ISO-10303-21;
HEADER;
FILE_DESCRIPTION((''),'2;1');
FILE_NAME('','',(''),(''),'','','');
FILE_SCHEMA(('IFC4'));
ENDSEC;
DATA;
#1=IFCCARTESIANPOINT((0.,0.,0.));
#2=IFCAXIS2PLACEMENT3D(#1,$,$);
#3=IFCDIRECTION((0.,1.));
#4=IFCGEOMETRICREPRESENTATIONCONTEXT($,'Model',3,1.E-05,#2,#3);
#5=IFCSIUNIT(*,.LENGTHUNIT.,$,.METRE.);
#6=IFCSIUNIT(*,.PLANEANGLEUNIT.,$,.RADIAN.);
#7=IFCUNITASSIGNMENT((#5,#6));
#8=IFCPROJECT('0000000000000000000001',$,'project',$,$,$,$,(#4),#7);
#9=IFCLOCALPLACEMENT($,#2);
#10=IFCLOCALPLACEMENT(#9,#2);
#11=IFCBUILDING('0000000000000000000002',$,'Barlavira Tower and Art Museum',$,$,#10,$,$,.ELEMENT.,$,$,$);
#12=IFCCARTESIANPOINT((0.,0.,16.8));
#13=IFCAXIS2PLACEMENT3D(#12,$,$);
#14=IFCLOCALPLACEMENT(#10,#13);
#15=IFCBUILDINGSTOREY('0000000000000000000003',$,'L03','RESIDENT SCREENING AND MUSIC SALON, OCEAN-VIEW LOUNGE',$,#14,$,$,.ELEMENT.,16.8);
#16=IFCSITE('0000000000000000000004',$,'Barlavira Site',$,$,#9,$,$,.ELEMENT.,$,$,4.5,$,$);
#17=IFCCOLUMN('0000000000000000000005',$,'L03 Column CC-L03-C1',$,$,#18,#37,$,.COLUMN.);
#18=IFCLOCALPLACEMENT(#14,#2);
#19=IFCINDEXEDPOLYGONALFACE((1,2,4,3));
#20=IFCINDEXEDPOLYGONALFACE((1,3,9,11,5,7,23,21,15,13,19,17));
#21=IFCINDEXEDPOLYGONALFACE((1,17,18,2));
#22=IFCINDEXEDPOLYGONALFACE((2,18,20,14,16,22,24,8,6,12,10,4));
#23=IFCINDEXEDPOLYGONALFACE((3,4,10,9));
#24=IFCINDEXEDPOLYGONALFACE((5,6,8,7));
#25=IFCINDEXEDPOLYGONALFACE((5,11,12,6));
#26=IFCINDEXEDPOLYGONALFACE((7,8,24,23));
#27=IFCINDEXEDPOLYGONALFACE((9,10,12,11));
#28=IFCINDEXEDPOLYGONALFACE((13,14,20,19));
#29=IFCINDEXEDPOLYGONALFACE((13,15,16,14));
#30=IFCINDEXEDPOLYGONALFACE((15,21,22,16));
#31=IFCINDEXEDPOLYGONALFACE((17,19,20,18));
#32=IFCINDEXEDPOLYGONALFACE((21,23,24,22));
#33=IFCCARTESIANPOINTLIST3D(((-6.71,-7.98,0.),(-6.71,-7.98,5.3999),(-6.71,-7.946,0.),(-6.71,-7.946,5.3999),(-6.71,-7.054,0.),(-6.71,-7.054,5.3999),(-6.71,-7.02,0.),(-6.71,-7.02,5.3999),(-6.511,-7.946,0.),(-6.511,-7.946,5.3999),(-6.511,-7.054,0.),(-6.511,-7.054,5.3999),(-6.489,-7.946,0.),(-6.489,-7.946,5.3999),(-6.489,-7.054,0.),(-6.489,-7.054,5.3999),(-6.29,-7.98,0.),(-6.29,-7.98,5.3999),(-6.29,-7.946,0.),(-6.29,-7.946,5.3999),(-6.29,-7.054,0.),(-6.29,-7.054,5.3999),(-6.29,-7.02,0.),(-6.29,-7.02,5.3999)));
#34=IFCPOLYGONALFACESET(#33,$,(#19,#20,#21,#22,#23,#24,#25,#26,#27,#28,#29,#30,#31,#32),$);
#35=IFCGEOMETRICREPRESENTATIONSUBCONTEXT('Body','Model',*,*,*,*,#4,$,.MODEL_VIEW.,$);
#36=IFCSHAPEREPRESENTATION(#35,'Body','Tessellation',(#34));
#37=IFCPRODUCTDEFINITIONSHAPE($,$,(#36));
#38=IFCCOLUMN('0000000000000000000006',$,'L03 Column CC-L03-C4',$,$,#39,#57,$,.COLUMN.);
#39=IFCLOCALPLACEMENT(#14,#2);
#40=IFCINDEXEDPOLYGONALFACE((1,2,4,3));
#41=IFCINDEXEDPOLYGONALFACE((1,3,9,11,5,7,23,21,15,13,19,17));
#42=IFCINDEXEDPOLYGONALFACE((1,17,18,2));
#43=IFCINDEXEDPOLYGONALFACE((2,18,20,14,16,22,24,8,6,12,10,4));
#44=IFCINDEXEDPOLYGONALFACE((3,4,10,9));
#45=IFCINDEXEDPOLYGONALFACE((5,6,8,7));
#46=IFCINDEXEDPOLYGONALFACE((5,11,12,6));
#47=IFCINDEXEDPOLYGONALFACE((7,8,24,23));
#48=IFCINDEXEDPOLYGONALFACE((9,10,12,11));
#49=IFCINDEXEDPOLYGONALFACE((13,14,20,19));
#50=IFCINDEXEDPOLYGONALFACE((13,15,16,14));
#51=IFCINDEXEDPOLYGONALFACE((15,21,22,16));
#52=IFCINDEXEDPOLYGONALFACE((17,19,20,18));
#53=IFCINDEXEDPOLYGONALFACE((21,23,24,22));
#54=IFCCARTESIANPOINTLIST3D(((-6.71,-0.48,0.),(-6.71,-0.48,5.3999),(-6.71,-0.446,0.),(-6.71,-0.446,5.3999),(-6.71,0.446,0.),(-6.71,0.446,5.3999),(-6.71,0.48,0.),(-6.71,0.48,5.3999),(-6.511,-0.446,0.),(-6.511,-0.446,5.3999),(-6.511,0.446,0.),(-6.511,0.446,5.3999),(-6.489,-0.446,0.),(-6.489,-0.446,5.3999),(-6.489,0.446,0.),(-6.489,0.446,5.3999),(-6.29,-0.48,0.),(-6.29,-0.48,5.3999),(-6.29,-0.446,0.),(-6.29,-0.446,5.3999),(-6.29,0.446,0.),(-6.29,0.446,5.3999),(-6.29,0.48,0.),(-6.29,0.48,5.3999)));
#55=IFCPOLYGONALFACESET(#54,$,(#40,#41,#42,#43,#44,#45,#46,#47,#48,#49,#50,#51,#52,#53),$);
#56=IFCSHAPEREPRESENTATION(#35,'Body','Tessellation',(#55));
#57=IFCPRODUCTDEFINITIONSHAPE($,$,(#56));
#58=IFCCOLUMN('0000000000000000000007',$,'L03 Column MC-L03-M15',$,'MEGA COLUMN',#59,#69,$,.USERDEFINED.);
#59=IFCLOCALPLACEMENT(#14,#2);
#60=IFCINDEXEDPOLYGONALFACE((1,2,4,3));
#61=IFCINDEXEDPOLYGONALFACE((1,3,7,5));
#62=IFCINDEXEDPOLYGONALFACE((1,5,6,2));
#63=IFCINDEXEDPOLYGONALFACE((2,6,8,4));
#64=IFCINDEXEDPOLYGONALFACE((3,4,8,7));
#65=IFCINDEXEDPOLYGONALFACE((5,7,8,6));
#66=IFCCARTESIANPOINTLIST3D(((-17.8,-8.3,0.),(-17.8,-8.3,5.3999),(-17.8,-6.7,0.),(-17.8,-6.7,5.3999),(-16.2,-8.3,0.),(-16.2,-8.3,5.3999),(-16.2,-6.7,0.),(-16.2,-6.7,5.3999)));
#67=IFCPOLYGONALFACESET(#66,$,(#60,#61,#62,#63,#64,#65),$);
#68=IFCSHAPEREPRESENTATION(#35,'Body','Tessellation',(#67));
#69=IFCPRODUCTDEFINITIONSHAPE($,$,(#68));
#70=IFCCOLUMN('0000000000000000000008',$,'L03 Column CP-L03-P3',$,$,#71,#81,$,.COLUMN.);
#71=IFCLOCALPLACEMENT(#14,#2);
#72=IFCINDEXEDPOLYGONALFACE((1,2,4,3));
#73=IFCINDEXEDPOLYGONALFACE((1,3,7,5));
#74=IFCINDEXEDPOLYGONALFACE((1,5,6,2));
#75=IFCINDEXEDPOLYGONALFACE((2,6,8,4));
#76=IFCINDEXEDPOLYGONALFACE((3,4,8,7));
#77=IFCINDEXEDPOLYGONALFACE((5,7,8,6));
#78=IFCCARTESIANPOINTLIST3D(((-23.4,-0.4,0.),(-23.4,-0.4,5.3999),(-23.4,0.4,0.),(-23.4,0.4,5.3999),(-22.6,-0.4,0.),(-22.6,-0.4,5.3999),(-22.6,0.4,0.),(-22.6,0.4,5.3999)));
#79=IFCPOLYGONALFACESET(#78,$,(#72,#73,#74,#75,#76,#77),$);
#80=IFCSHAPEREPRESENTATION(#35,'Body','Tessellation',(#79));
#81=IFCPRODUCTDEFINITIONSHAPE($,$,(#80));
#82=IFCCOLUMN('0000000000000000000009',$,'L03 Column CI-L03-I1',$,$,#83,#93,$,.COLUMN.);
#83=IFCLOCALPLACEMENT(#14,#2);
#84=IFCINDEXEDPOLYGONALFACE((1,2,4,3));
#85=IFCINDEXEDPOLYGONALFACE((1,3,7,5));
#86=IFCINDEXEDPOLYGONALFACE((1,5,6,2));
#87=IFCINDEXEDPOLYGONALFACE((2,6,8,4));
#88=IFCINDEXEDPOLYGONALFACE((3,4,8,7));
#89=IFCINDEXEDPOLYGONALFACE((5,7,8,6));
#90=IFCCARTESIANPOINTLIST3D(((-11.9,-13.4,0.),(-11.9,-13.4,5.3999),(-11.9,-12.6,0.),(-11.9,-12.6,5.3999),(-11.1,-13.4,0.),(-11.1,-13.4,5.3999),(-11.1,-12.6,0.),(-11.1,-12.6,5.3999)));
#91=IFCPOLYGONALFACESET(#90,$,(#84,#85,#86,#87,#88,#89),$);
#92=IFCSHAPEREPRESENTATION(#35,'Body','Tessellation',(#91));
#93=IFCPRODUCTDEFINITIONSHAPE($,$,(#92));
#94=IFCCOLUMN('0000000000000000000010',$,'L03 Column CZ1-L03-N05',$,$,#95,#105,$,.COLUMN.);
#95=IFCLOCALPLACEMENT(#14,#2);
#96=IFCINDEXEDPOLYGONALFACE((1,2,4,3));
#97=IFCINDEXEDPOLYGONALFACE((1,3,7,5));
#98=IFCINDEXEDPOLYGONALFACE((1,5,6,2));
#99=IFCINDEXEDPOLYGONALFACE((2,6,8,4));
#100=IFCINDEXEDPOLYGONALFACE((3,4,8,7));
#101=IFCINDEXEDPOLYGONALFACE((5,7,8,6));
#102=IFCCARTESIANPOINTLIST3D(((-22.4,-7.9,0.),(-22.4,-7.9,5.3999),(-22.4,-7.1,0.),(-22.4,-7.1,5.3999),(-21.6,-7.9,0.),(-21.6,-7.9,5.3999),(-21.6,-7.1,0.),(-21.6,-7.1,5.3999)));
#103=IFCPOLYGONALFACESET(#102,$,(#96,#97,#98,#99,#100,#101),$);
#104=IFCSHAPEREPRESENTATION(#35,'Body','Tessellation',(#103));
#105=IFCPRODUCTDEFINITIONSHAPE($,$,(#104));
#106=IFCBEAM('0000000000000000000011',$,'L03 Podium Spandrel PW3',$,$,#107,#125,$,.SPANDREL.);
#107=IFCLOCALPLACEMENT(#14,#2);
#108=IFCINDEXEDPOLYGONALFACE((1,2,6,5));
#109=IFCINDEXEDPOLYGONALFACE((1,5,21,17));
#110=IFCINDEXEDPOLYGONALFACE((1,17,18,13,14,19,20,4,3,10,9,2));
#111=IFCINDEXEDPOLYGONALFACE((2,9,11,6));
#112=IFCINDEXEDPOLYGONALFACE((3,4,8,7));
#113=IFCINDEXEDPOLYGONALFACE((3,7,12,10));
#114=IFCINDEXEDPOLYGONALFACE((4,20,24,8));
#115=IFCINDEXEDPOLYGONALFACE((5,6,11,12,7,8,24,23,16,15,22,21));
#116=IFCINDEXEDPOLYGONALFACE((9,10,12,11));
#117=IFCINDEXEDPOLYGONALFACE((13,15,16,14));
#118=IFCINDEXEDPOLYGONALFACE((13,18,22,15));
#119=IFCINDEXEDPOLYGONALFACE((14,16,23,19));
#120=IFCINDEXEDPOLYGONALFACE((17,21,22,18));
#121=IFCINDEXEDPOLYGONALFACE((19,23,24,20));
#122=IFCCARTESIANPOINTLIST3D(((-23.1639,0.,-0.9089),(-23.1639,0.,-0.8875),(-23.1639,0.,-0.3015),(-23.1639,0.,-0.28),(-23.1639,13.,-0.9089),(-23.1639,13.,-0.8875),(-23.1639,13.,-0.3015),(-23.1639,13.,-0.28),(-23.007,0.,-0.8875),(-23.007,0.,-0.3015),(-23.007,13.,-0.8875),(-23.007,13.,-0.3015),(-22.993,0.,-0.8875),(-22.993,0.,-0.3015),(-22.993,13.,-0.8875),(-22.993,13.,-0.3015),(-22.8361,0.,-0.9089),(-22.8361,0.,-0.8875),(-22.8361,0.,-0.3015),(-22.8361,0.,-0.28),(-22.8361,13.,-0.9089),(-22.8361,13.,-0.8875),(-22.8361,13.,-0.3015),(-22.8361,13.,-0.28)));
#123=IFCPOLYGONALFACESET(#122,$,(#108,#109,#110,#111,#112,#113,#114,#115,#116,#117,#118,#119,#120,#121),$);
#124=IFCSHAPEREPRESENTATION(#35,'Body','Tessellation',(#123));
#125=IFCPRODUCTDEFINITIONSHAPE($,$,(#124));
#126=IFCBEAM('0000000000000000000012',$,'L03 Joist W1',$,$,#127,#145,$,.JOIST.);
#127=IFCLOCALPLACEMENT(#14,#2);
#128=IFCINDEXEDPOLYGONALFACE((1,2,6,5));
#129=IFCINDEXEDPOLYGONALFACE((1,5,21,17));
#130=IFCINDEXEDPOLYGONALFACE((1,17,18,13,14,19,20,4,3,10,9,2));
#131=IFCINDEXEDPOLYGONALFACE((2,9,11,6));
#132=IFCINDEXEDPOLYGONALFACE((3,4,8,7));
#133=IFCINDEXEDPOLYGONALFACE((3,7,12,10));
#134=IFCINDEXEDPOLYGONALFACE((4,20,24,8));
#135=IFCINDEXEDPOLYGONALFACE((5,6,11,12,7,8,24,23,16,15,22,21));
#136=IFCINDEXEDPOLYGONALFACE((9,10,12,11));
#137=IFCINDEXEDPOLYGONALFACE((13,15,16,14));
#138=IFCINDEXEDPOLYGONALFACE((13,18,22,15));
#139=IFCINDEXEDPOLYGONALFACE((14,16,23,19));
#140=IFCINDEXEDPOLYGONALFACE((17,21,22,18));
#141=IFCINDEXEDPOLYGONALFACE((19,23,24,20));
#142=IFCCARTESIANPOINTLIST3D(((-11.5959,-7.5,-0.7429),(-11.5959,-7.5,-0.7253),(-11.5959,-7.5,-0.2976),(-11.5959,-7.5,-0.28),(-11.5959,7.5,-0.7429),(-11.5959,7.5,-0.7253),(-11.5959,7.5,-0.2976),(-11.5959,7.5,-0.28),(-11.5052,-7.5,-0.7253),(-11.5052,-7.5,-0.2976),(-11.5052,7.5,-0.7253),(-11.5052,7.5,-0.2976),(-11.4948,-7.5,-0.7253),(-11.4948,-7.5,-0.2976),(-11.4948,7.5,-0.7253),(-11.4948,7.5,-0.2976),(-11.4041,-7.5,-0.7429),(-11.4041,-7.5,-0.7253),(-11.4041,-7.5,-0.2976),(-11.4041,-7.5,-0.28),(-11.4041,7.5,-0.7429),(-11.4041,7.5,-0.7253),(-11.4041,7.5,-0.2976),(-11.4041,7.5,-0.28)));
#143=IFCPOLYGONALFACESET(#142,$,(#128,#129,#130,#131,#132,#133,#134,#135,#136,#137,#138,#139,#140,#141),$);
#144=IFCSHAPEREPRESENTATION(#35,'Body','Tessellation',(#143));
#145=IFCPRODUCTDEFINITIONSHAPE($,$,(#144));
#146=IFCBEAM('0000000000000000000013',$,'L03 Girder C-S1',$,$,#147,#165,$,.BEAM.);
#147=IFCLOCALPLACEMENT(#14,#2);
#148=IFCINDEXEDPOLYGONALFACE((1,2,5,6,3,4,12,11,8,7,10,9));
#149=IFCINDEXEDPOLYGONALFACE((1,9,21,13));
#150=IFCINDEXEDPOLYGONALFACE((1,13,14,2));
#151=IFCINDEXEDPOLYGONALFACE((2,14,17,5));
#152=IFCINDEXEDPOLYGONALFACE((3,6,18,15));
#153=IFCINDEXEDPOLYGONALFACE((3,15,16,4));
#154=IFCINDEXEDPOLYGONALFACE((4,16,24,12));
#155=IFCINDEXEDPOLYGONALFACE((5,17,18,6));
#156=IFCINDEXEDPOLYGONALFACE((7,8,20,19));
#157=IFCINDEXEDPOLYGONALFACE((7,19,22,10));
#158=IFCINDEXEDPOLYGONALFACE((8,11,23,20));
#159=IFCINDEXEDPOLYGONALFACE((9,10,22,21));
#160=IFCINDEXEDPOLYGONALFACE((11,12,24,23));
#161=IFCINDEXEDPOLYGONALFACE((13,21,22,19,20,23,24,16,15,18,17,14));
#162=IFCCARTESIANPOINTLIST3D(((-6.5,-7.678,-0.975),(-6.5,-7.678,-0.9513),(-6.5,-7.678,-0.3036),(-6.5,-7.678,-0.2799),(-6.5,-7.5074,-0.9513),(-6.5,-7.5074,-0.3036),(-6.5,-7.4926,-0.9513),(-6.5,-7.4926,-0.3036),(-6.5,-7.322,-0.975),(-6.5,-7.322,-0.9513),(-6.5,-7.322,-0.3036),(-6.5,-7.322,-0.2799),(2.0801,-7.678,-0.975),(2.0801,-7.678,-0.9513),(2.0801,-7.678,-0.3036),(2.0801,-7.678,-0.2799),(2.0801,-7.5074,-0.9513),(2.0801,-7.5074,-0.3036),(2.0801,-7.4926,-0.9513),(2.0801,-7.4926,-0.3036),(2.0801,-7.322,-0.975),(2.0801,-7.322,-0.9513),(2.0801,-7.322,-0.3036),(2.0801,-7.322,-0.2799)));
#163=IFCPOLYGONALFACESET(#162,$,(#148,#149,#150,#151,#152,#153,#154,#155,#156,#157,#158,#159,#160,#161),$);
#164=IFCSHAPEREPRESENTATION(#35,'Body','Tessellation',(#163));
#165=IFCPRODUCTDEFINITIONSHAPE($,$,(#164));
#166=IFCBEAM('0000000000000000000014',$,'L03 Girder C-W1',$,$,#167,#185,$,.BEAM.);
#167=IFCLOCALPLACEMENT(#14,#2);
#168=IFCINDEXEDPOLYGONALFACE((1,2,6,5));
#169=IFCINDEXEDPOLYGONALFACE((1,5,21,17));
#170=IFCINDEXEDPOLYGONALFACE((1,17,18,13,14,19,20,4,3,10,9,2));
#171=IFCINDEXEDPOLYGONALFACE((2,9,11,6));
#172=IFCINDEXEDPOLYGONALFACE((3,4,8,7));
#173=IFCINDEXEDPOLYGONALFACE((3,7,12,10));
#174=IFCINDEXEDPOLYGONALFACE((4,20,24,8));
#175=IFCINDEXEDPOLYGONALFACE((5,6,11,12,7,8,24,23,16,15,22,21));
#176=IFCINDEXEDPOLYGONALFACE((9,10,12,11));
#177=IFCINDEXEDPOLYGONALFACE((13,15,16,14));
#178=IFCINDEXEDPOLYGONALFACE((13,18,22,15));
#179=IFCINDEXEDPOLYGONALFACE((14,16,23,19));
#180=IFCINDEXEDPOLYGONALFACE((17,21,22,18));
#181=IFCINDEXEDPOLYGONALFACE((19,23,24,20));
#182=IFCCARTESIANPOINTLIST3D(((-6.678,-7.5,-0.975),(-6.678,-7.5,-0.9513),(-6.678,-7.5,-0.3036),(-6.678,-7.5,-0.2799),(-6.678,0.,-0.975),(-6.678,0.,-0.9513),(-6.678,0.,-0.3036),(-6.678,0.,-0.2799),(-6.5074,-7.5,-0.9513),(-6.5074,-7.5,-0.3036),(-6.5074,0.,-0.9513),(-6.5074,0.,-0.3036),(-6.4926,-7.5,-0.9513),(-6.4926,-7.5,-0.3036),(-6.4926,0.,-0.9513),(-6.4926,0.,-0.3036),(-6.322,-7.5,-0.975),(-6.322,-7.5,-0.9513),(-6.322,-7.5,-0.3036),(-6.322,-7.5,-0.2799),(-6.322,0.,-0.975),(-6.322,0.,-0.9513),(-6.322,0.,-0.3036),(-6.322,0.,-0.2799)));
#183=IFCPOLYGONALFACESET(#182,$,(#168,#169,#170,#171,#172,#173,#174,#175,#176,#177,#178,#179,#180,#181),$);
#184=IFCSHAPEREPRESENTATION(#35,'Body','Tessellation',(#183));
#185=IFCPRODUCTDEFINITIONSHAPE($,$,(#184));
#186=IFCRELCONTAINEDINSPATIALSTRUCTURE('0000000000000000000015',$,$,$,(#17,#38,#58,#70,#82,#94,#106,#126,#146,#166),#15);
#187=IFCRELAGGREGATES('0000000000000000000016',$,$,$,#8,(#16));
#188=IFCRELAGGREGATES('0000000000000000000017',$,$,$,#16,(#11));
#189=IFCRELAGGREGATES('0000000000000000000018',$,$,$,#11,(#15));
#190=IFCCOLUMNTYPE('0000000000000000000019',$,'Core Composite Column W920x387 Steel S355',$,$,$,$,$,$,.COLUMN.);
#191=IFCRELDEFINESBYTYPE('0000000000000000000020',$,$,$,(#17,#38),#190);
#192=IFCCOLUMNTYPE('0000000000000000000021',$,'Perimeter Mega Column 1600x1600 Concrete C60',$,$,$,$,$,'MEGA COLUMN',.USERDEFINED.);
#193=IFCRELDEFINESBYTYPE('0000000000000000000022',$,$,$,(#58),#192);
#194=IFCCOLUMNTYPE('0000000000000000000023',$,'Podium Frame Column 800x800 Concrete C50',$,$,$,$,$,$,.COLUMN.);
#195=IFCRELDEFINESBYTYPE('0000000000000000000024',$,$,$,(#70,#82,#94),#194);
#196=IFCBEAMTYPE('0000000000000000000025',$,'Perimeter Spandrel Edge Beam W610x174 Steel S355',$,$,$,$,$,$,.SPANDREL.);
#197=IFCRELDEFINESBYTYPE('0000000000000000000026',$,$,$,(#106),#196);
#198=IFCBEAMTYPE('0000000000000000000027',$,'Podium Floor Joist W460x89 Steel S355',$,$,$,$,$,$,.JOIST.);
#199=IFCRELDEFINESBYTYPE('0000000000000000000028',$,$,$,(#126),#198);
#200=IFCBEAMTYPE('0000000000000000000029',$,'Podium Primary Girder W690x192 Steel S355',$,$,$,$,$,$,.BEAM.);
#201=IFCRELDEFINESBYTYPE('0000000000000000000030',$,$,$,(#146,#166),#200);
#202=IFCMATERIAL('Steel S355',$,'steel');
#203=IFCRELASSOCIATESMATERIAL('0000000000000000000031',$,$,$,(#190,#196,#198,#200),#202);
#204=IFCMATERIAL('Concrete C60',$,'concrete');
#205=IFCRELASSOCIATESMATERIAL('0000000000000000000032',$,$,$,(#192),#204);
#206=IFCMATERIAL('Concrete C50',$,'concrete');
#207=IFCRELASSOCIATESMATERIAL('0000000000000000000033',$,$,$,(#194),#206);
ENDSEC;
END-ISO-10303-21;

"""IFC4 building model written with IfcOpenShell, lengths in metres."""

from ifc_helpers import new_model, si_unit, direction, frame, origin, origin_2d, place, context, subcontext, project, spatial, rectangle, i_section, extrude, material, material_profile, profile_set, type_object, element, save


model = new_model("IFC4")

# Units and contexts
model_context = context("Model", 3, precision=1e-05, world=origin(), true_north=direction((0.0, 1.0)))
body_context = subcontext(model_context, "Body", "Model", "MODEL_VIEW")
ifc_project = project(units=[si_unit("LENGTHUNIT", "METRE"), si_unit("PLANEANGLEUNIT", "RADIAN")], contexts=[model_context])

# Site, building, storey
site_placement = place(None, origin())
site = spatial("IfcSite", under=ifc_project, at=site_placement, Name="Barlavira Site", CompositionType="ELEMENT", RefElevation=4.5)
building_placement = place(site_placement, origin())
building = spatial("IfcBuilding", under=site, at=building_placement, Name="Barlavira Tower and Art Museum", CompositionType="ELEMENT")
storey_placement = place(building_placement, frame((0.0, 0.0, 16.8)))
storey = spatial("IfcBuildingStorey", under=building, at=storey_placement, Name="L03", Description="RESIDENT SCREENING AND MUSIC SALON, OCEAN-VIEW LOUNGE", CompositionType="ELEMENT", Elevation=16.8)

# Columns
ifc_material_1 = material(Name="Steel S355", Category="steel")
ifc_material_profile_1 = material_profile(ifc_material_1, i_section(OverallWidth=0.4199, OverallDepth=0.96, WebThickness=0.022, FlangeThickness=0.0339, at=origin_2d()), Name="W920x387.0")
ifc_profile_set_1 = profile_set([ifc_material_profile_1], Name="Steel S355")
column_type_1 = type_object("IfcColumnType", Name="Core Composite Column W920x387 Steel S355", PredefinedType="COLUMN", material=ifc_profile_set_1)
for number, where, z_axis, x_axis, name in (
    (1, (-6.5, -7.5, 0.0), (0.0, 0.0, 1.0), (1.0, 0.0, 0.0), "L03 Column CC-L03-C1"),
    (2, (-6.5, 0.0, 0.0), (0.0, 0.0, 1.0), (1.0, 0.0, 0.0), "L03 Column CC-L03-C4"),
):
    element("IfcColumn", number, at=place(storey_placement, frame(where, z_axis=z_axis, x_axis=x_axis)), inside=storey, type_object=column_type_1, Name=name, PredefinedType="COLUMN", context=body_context, shape_type="SweptSolid", body=[
        extrude(i_section(OverallWidth=0.4199, OverallDepth=0.96, WebThickness=0.022, FlangeThickness=0.0339, at=origin_2d()), origin(), (0.0, 0.0, 1.0), 5.3999),
    ])
ifc_material_2 = material(Name="Concrete C60", Category="concrete")
ifc_material_profile_2 = material_profile(ifc_material_2, rectangle(XDim=1.6001, YDim=1.6001, at=origin_2d()), Name="RC-MCOL 1600x1600")
ifc_profile_set_2 = profile_set([ifc_material_profile_2], Name="Concrete C60")
column_type_2 = type_object("IfcColumnType", Name="Perimeter Mega Column 1600x1600 Concrete C60", ElementType="MEGA COLUMN", PredefinedType="USERDEFINED", material=ifc_profile_set_2)
column_placement = place(storey_placement, frame((-17.0, -7.5, 0.0), z_axis=(0.0, 0.0, 1.0), x_axis=(1.0, 0.0, 0.0)))
element("IfcColumn", 3, at=column_placement, inside=storey, type_object=column_type_2, Name="L03 Column MC-L03-M15", ObjectType="MEGA COLUMN", PredefinedType="USERDEFINED", context=body_context, shape_type="SweptSolid", body=[
    extrude(rectangle(XDim=1.6001, YDim=1.6001, at=origin_2d()), origin(), (0.0, 0.0, 1.0), 5.3999),
])
ifc_material_3 = material(Name="Concrete C50", Category="concrete")
ifc_material_profile_3 = material_profile(ifc_material_3, rectangle(XDim=0.8, YDim=0.8, at=origin_2d()), Name="RC-COL 800x800")
ifc_profile_set_3 = profile_set([ifc_material_profile_3], Name="Concrete C50")
column_type_3 = type_object("IfcColumnType", Name="Podium Frame Column 800x800 Concrete C50", PredefinedType="COLUMN", material=ifc_profile_set_3)
for number, where, z_axis, x_axis, name in (
    (4, (-23.0, 0.0, 0.0), (0.0, 0.0, 1.0), (1.0, 0.0, 0.0), "L03 Column CP-L03-P3"),
    (5, (-11.5, -13.0, 0.0), (0.0, 0.0, 1.0), (1.0, 0.0, 0.0), "L03 Column CI-L03-I1"),
    (6, (-22.0, -7.5, 0.0), (0.0, 0.0, 1.0), (1.0, 0.0, 0.0), "L03 Column CZ1-L03-N05"),
):
    element("IfcColumn", number, at=place(storey_placement, frame(where, z_axis=z_axis, x_axis=x_axis)), inside=storey, type_object=column_type_3, Name=name, PredefinedType="COLUMN", context=body_context, shape_type="SweptSolid", body=[
        extrude(rectangle(XDim=0.8, YDim=0.8, at=origin_2d()), origin(), (0.0, 0.0, 1.0), 5.3999),
    ])

# Beams
ifc_material_profile_4 = material_profile(ifc_material_1, i_section(OverallWidth=0.3279, OverallDepth=0.6289, WebThickness=0.0139, FlangeThickness=0.0215, at=origin_2d()), Name="W610x174.0")
ifc_profile_set_4 = profile_set([ifc_material_profile_4], Name="Steel S355")
beam_type_1 = type_object("IfcBeamType", Name="Perimeter Spandrel Edge Beam W610x174 Steel S355", PredefinedType="SPANDREL", material=ifc_profile_set_4)
beam_1_placement = place(storey_placement, frame((-23.0, 0.0, -0.5945), z_axis=(0.0, 1.0, 0.0), x_axis=(-1.0, 0.0, 0.0)))
element("IfcBeam", 7, at=beam_1_placement, inside=storey, type_object=beam_type_1, Name="L03 Podium Spandrel PW3", PredefinedType="SPANDREL", context=body_context, shape_type="SweptSolid", body=[
    extrude(i_section(OverallWidth=0.3279, OverallDepth=0.6289, WebThickness=0.0139, FlangeThickness=0.0215, at=origin_2d()), origin(), (0.0, 0.0, 1.0), 13.0),
])
ifc_material_profile_5 = material_profile(ifc_material_1, i_section(OverallWidth=0.1919, OverallDepth=0.4629, WebThickness=0.0105, FlangeThickness=0.0176, at=origin_2d()), Name="W460x89.0")
ifc_profile_set_5 = profile_set([ifc_material_profile_5], Name="Steel S355")
beam_type_2 = type_object("IfcBeamType", Name="Podium Floor Joist W460x89 Steel S355", PredefinedType="JOIST", material=ifc_profile_set_5)
beam_2_placement = place(storey_placement, frame((-11.5, -7.5, -0.5115), z_axis=(0.0, 1.0, 0.0), x_axis=(-1.0, 0.0, 0.0)))
element("IfcBeam", 8, at=beam_2_placement, inside=storey, type_object=beam_type_2, Name="L03 Joist W1", PredefinedType="JOIST", context=body_context, shape_type="SweptSolid", body=[
    extrude(i_section(OverallWidth=0.1919, OverallDepth=0.4629, WebThickness=0.0105, FlangeThickness=0.0176, at=origin_2d()), origin(), (0.0, 0.0, 1.0), 15.0),
])
ifc_material_profile_6 = material_profile(ifc_material_1, i_section(OverallWidth=0.356, OverallDepth=0.6951, WebThickness=0.0149, FlangeThickness=0.0237, at=origin_2d()), Name="W690x192.0")
ifc_profile_set_6 = profile_set([ifc_material_profile_6], Name="Steel S355")
beam_type_3 = type_object("IfcBeamType", Name="Podium Primary Girder W690x192 Steel S355", PredefinedType="BEAM", material=ifc_profile_set_6)
beam_3_placement = place(storey_placement, frame((-6.5, -7.5, -0.6274), z_axis=(1.0, 0.0, 0.0), x_axis=(0.0, 1.0, 0.0)))
element("IfcBeam", 9, at=beam_3_placement, inside=storey, type_object=beam_type_3, Name="L03 Girder C-S1", PredefinedType="BEAM", context=body_context, shape_type="SweptSolid", body=[
    extrude(i_section(OverallWidth=0.356, OverallDepth=0.6951, WebThickness=0.0149, FlangeThickness=0.0237, at=origin_2d()), origin(), (0.0, 0.0, 1.0), 8.5801),
])
for number, where, z_axis, x_axis, name in (
    (10, (-6.5, -7.5, -0.6274), (0.0, 1.0, 0.0), (-1.0, 0.0, 0.0), "L03 Girder C-W1"),
):
    element("IfcBeam", number, at=place(storey_placement, frame(where, z_axis=z_axis, x_axis=x_axis)), inside=storey, type_object=beam_type_3, Name=name, PredefinedType="BEAM", context=body_context, shape_type="SweptSolid", body=[
        extrude(i_section(OverallWidth=0.356, OverallDepth=0.6951, WebThickness=0.0149, FlangeThickness=0.0237, at=origin_2d()), origin(), (0.0, 0.0, 1.0), 7.5),
    ])

save(model, "model.ifc")
